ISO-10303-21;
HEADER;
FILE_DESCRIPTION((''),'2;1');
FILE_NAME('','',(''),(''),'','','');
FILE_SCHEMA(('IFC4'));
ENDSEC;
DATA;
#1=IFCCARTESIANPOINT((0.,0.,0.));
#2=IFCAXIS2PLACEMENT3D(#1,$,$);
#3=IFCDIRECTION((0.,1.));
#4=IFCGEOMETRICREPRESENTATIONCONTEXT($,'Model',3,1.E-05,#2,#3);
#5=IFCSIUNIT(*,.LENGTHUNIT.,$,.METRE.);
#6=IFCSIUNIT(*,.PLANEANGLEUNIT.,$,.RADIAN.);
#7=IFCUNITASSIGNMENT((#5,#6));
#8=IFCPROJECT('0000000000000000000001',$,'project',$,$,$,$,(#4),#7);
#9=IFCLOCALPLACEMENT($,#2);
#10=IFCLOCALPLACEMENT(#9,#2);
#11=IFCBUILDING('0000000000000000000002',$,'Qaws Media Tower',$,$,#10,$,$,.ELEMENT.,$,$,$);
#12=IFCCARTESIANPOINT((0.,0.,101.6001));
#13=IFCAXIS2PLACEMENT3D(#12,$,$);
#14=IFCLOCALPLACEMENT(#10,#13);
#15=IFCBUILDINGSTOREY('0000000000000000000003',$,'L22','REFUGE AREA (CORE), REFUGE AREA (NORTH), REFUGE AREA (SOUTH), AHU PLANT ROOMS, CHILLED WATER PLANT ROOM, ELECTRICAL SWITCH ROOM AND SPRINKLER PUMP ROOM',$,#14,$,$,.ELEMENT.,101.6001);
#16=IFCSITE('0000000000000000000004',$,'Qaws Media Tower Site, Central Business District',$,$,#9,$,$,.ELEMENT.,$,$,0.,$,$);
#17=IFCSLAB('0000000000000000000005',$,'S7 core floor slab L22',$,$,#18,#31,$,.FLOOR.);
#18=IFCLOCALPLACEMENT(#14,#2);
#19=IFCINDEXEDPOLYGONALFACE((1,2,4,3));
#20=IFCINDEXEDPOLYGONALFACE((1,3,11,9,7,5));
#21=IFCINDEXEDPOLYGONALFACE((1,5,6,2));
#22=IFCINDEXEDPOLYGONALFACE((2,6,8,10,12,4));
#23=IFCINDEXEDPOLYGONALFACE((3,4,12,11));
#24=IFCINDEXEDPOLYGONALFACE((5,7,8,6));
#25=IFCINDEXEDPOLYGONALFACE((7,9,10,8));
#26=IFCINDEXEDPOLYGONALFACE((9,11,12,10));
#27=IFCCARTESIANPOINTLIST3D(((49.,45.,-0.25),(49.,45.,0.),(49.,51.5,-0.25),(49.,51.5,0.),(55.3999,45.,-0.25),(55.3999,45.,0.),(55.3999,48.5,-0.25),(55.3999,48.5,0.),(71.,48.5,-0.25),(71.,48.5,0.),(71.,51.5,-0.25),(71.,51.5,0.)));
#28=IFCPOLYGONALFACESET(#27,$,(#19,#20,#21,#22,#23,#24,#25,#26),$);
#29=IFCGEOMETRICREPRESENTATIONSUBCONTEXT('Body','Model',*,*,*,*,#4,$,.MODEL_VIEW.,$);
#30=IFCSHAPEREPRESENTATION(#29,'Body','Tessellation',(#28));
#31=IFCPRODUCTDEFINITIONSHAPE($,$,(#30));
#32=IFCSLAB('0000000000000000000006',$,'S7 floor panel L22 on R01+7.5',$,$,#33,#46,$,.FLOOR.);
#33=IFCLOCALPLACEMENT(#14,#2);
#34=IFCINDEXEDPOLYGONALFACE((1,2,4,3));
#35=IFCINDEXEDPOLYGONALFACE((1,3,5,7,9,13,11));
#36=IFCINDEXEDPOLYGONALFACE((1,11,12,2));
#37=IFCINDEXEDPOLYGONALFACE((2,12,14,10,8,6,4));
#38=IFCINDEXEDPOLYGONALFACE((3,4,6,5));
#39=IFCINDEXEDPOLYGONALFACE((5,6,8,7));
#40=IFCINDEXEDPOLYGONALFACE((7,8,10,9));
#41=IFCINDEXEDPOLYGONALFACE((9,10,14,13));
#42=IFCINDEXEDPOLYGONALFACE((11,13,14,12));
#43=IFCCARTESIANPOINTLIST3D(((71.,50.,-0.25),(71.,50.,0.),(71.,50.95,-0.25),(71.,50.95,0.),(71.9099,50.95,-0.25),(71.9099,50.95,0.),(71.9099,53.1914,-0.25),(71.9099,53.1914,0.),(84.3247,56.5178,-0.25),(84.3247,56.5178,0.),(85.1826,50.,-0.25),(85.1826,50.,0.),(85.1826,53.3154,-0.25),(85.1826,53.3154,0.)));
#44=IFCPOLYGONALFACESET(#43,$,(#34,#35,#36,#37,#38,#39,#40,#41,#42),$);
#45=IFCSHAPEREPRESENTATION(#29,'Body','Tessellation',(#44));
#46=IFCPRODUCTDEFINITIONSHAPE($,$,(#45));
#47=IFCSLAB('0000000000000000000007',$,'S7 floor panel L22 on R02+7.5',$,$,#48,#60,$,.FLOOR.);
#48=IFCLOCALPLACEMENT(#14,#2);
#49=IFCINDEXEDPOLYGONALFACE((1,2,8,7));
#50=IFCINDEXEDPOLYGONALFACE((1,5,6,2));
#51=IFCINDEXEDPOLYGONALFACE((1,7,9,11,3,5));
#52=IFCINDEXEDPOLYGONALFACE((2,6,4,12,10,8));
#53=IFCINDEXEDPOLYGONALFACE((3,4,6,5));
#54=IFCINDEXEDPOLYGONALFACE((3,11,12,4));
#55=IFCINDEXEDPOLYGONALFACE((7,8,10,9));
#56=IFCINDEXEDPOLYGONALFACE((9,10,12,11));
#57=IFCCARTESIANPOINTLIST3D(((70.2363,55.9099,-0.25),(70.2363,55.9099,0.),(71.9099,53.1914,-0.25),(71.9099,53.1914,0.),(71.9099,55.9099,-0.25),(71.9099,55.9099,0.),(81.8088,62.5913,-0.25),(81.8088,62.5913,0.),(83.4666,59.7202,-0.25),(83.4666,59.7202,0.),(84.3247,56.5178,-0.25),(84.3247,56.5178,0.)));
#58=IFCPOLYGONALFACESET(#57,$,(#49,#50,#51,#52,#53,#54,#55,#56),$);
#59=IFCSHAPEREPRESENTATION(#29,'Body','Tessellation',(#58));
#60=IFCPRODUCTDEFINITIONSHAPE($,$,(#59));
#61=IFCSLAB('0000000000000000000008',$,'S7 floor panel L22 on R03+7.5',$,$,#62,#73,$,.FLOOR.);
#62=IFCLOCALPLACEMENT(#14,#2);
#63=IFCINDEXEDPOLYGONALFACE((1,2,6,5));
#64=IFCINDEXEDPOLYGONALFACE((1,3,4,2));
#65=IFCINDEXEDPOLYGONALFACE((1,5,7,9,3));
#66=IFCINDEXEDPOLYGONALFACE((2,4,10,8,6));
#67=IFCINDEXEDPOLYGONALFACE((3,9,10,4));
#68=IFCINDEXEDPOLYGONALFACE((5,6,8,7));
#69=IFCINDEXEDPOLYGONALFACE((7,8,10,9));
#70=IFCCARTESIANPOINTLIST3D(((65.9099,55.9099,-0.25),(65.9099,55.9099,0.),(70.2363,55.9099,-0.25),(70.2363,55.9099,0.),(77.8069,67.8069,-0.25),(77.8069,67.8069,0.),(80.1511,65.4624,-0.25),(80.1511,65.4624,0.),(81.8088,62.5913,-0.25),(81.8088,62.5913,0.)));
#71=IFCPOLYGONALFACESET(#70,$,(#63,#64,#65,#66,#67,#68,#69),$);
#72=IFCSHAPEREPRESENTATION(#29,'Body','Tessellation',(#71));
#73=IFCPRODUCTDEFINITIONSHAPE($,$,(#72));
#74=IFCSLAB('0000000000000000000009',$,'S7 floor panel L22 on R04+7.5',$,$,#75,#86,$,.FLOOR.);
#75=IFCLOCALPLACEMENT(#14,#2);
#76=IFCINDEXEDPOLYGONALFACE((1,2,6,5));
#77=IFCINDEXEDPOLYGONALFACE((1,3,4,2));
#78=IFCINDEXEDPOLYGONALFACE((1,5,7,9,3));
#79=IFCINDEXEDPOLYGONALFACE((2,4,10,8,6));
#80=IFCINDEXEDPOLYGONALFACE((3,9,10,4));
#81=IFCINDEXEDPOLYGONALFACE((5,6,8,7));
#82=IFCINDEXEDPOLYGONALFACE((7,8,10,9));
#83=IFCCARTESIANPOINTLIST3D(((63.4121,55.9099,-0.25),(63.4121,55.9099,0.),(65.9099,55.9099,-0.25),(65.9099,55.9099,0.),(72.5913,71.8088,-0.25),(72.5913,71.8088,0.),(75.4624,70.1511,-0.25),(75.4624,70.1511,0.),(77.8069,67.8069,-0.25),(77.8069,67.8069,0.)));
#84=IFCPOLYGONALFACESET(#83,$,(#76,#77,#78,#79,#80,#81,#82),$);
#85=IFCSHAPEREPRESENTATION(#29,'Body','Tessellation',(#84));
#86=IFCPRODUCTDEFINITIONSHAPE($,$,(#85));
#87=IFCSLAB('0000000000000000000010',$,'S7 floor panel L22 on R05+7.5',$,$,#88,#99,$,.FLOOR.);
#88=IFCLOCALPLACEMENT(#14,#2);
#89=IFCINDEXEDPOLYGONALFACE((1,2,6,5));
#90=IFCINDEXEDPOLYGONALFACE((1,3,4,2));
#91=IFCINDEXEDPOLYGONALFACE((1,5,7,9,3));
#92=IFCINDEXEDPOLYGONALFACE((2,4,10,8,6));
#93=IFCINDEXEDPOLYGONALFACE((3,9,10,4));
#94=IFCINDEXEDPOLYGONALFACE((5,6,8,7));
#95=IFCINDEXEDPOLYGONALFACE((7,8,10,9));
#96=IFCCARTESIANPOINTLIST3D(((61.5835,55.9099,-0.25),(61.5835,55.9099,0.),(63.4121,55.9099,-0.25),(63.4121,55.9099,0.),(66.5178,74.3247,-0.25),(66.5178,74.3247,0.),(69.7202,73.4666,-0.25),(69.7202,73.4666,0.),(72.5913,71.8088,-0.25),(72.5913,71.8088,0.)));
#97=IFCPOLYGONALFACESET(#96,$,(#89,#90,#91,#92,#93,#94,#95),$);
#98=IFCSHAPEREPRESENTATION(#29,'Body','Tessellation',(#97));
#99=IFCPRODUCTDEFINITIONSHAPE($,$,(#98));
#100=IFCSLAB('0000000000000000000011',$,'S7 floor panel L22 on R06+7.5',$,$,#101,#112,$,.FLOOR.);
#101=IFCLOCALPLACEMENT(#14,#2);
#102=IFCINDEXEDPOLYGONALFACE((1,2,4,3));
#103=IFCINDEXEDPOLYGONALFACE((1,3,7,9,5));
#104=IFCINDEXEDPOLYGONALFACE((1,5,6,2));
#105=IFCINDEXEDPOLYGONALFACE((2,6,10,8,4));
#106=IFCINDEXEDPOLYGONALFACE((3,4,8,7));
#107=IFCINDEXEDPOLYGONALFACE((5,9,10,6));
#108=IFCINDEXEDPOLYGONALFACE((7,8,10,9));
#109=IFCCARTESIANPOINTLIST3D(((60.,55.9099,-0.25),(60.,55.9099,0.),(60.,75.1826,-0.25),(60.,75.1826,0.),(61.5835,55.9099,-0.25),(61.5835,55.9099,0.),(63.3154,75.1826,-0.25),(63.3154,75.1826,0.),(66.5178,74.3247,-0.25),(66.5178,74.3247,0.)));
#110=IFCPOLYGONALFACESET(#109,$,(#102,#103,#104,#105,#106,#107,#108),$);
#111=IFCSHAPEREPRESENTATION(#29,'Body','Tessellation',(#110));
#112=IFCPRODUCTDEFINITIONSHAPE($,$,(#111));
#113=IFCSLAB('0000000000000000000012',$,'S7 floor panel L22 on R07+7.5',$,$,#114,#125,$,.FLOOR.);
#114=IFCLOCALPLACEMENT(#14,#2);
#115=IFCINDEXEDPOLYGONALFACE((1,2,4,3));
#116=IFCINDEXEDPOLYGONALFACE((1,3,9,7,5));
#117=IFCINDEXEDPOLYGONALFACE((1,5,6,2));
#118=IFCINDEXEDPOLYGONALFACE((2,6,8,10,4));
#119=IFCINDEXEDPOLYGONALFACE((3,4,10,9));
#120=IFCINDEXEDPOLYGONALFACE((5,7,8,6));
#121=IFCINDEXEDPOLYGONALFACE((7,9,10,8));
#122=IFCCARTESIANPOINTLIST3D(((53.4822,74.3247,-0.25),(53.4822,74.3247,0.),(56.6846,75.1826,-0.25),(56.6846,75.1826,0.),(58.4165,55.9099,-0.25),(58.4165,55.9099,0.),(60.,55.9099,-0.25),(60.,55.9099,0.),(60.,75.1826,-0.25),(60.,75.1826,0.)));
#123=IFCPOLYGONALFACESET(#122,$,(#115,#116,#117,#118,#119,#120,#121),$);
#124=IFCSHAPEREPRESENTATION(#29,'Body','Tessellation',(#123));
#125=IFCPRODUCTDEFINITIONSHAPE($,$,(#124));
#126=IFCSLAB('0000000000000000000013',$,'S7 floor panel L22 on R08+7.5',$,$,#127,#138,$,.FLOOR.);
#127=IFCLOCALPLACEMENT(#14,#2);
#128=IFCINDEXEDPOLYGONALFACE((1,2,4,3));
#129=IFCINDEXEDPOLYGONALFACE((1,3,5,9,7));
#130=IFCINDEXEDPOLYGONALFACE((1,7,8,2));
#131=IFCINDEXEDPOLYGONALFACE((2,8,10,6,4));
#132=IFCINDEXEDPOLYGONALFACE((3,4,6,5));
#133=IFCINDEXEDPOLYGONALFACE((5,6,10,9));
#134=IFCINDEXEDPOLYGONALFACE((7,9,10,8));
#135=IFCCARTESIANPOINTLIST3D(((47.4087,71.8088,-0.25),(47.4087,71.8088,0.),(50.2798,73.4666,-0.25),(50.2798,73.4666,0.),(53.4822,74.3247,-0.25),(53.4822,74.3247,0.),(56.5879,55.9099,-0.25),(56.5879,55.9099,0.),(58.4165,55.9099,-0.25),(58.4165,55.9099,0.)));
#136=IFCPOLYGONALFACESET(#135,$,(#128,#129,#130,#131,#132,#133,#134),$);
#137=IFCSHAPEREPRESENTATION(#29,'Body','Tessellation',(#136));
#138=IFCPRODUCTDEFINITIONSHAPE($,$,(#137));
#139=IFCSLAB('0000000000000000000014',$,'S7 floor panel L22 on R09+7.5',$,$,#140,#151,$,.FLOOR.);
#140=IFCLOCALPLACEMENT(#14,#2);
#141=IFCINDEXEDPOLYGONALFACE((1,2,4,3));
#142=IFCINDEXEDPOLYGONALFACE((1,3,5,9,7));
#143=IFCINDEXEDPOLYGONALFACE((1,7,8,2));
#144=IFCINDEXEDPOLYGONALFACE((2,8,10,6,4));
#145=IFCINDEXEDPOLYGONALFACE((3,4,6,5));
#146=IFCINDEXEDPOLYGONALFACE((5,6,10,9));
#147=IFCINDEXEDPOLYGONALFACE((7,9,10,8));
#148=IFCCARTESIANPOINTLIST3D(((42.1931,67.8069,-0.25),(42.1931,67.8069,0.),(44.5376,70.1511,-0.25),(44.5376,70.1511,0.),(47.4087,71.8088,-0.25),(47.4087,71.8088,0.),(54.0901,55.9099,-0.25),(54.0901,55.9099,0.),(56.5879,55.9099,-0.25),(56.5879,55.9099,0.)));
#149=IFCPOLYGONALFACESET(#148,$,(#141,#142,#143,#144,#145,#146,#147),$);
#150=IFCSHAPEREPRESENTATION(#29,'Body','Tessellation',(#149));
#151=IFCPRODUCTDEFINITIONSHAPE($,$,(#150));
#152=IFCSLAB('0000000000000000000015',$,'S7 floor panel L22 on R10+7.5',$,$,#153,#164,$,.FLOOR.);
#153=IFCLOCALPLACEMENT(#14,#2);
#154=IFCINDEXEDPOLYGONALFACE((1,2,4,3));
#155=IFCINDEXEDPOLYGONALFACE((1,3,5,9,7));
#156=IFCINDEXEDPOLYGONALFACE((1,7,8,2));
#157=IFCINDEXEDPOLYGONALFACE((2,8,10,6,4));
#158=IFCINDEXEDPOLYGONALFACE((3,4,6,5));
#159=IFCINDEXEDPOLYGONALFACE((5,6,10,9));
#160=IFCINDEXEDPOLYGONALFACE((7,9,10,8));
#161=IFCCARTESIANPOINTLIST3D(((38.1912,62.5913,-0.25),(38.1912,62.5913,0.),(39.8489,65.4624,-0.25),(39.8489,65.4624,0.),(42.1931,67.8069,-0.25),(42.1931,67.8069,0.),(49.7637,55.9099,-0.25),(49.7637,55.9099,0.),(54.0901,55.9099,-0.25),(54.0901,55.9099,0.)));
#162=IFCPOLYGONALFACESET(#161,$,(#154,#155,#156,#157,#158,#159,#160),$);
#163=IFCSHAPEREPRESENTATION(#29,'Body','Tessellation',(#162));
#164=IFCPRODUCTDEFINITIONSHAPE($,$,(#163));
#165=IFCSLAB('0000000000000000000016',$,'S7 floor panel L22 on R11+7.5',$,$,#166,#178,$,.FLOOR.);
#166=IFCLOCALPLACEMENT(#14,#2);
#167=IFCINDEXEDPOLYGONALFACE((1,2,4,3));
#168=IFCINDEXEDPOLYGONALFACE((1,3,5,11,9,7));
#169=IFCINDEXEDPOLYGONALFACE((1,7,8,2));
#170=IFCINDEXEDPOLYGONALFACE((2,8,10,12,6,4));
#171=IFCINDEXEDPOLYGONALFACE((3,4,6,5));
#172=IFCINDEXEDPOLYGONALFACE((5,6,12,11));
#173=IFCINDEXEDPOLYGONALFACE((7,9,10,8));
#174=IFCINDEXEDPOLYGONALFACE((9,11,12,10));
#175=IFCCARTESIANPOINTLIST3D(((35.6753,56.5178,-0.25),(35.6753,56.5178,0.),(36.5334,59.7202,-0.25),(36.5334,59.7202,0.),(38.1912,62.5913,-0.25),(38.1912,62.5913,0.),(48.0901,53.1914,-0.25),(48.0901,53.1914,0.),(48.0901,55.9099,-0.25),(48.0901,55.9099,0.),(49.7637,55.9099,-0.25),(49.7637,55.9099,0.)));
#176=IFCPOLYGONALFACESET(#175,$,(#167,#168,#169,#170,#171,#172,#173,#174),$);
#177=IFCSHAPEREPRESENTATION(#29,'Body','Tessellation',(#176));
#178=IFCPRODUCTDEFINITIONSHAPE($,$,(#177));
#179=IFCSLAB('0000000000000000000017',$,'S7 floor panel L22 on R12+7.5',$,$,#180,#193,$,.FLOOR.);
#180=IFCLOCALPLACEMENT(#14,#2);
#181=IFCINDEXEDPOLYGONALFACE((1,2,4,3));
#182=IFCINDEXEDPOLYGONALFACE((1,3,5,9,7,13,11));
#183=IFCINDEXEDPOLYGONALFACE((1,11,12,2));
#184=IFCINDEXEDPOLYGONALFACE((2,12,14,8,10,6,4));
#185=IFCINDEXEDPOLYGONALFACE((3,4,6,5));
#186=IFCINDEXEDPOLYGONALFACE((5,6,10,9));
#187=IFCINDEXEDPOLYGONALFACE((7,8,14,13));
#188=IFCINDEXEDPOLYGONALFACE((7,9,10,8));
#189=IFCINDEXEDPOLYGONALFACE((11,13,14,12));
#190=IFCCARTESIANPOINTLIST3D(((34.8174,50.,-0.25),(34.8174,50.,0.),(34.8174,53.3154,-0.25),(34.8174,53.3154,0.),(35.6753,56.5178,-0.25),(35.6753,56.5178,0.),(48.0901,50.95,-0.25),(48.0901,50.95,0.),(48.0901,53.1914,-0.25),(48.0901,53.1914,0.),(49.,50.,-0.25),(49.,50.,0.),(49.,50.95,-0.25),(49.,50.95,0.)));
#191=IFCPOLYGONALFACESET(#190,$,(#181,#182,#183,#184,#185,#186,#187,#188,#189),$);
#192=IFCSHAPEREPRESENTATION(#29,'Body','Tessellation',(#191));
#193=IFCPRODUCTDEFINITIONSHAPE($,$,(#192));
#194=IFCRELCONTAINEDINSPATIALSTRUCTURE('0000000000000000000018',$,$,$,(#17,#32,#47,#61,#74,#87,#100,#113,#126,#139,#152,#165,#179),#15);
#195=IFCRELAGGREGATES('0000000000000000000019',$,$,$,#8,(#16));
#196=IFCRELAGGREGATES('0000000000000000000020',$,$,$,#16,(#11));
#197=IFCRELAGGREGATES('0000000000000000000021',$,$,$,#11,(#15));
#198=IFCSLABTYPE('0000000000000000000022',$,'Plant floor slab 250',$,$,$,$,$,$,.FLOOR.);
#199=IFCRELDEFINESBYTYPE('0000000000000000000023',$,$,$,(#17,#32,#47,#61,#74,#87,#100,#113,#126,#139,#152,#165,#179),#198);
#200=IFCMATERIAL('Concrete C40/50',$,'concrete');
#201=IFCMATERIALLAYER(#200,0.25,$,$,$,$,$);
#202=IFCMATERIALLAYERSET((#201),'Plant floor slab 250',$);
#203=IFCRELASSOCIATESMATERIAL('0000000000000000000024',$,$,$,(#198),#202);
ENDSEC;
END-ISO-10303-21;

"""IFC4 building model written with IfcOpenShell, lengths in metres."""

from ifc_helpers import new_model, si_unit, direction, frame, origin, place, context, subcontext, project, spatial, polyline, outline, extrude, material, layer, layer_set, type_object, element, save


model = new_model("IFC4")

# Units and contexts
model_context = context("Model", 3, precision=1e-05, world=origin(), true_north=direction((0.0, 1.0)))
body_context = subcontext(model_context, "Body", "Model", "MODEL_VIEW")
ifc_project = project(units=[si_unit("LENGTHUNIT", "METRE"), si_unit("PLANEANGLEUNIT", "RADIAN")], contexts=[model_context])

# Site, building, storey
site_placement = place(None, origin())
site = spatial("IfcSite", under=ifc_project, at=site_placement, Name="Qaws Media Tower Site, Central Business District", CompositionType="ELEMENT", RefElevation=0.0)
building_placement = place(site_placement, origin())
building = spatial("IfcBuilding", under=site, at=building_placement, Name="Qaws Media Tower", CompositionType="ELEMENT")
storey_placement = place(building_placement, frame((0.0, 0.0, 101.6001)))
storey = spatial("IfcBuildingStorey", under=building, at=storey_placement, Name="L22", Description="REFUGE AREA (CORE), REFUGE AREA (NORTH), REFUGE AREA (SOUTH), AHU PLANT ROOMS, CHILLED WATER PLANT ROOM, ELECTRICAL SWITCH ROOM AND SPRINKLER PUMP ROOM", CompositionType="ELEMENT", Elevation=101.6001)

# Slabs
ifc_material = material(Name="Concrete C40/50", Category="concrete")
ifc_layer = layer(ifc_material, 0.25)
ifc_layer_set = layer_set([ifc_layer], Name="Plant floor slab 250")
slab_type = type_object("IfcSlabType", Name="Plant floor slab 250", PredefinedType="FLOOR", material=ifc_layer_set)
slab_1_placement = place(storey_placement, frame((0.0, 0.0, -0.25)))
element("IfcSlab", 1, at=slab_1_placement, inside=storey, type_object=slab_type, Name="S7 core floor slab L22", PredefinedType="FLOOR", context=body_context, shape_type="SweptSolid", body=[
    extrude(outline(polyline([(71.0, 51.5), (71.0, 48.5), (55.3999, 48.5), (55.3999, 45.0), (49.0, 45.0), (49.0, 51.5), (71.0, 51.5)])), origin(), (0.0, 0.0, 1.0), 0.25),
])
slab_2_placement = place(storey_placement, frame((0.0, 0.0, -0.25)))
element("IfcSlab", 2, at=slab_2_placement, inside=storey, type_object=slab_type, Name="S7 floor panel L22 on R01+7.5", PredefinedType="FLOOR", context=body_context, shape_type="SweptSolid", body=[
    extrude(outline(polyline([(85.1826, 53.3154), (85.1826, 50.0), (71.0, 50.0), (71.0, 50.95), (71.9099, 50.95), (71.9099, 53.1914), (84.3247, 56.5178), (85.1826, 53.3154)])), origin(), (0.0, 0.0, 1.0), 0.25),
])
slab_3_placement = place(storey_placement, frame((0.0, 0.0, -0.25)))
element("IfcSlab", 3, at=slab_3_placement, inside=storey, type_object=slab_type, Name="S7 floor panel L22 on R02+7.5", PredefinedType="FLOOR", context=body_context, shape_type="SweptSolid", body=[
    extrude(outline(polyline([(83.4666, 59.7202), (84.3247, 56.5178), (71.9099, 53.1914), (71.9099, 55.9099), (70.2363, 55.9099), (81.8088, 62.5913), (83.4666, 59.7202)])), origin(), (0.0, 0.0, 1.0), 0.25),
])
slab_4_placement = place(storey_placement, frame((0.0, 0.0, -0.25)))
element("IfcSlab", 4, at=slab_4_placement, inside=storey, type_object=slab_type, Name="S7 floor panel L22 on R03+7.5", PredefinedType="FLOOR", context=body_context, shape_type="SweptSolid", body=[
    extrude(outline(polyline([(80.1511, 65.4624), (81.8088, 62.5913), (70.2363, 55.9099), (65.9099, 55.9099), (77.8069, 67.8069), (80.1511, 65.4624)])), origin(), (0.0, 0.0, 1.0), 0.25),
])
slab_5_placement = place(storey_placement, frame((0.0, 0.0, -0.25)))
element("IfcSlab", 5, at=slab_5_placement, inside=storey, type_object=slab_type, Name="S7 floor panel L22 on R04+7.5", PredefinedType="FLOOR", context=body_context, shape_type="SweptSolid", body=[
    extrude(outline(polyline([(75.4624, 70.1511), (77.8069, 67.8069), (65.9099, 55.9099), (63.4121, 55.9099), (72.5913, 71.8088), (75.4624, 70.1511)])), origin(), (0.0, 0.0, 1.0), 0.25),
])
slab_6_placement = place(storey_placement, frame((0.0, 0.0, -0.25)))
element("IfcSlab", 6, at=slab_6_placement, inside=storey, type_object=slab_type, Name="S7 floor panel L22 on R05+7.5", PredefinedType="FLOOR", context=body_context, shape_type="SweptSolid", body=[
    extrude(outline(polyline([(69.7202, 73.4666), (72.5913, 71.8088), (63.4121, 55.9099), (61.5835, 55.9099), (66.5178, 74.3247), (69.7202, 73.4666)])), origin(), (0.0, 0.0, 1.0), 0.25),
])
slab_7_placement = place(storey_placement, frame((0.0, 0.0, -0.25)))
element("IfcSlab", 7, at=slab_7_placement, inside=storey, type_object=slab_type, Name="S7 floor panel L22 on R06+7.5", PredefinedType="FLOOR", context=body_context, shape_type="SweptSolid", body=[
    extrude(outline(polyline([(63.3154, 75.1826), (66.5178, 74.3247), (61.5835, 55.9099), (60.0, 55.9099), (60.0, 75.1826), (63.3154, 75.1826)])), origin(), (0.0, 0.0, 1.0), 0.25),
])
slab_8_placement = place(storey_placement, frame((0.0, 0.0, -0.25)))
element("IfcSlab", 8, at=slab_8_placement, inside=storey, type_object=slab_type, Name="S7 floor panel L22 on R07+7.5", PredefinedType="FLOOR", context=body_context, shape_type="SweptSolid", body=[
    extrude(outline(polyline([(56.6846, 75.1826), (60.0, 75.1826), (60.0, 55.9099), (58.4165, 55.9099), (53.4822, 74.3247), (56.6846, 75.1826)])), origin(), (0.0, 0.0, 1.0), 0.25),
])
slab_9_placement = place(storey_placement, frame((0.0, 0.0, -0.25)))
element("IfcSlab", 9, at=slab_9_placement, inside=storey, type_object=slab_type, Name="S7 floor panel L22 on R08+7.5", PredefinedType="FLOOR", context=body_context, shape_type="SweptSolid", body=[
    extrude(outline(polyline([(50.2798, 73.4666), (53.4822, 74.3247), (58.4165, 55.9099), (56.5879, 55.9099), (47.4087, 71.8088), (50.2798, 73.4666)])), origin(), (0.0, 0.0, 1.0), 0.25),
])
slab_10_placement = place(storey_placement, frame((0.0, 0.0, -0.25)))
element("IfcSlab", 10, at=slab_10_placement, inside=storey, type_object=slab_type, Name="S7 floor panel L22 on R09+7.5", PredefinedType="FLOOR", context=body_context, shape_type="SweptSolid", body=[
    extrude(outline(polyline([(44.5376, 70.1511), (47.4087, 71.8088), (56.5879, 55.9099), (54.0901, 55.9099), (42.1931, 67.8069), (44.5376, 70.1511)])), origin(), (0.0, 0.0, 1.0), 0.25),
])
slab_11_placement = place(storey_placement, frame((0.0, 0.0, -0.25)))
element("IfcSlab", 11, at=slab_11_placement, inside=storey, type_object=slab_type, Name="S7 floor panel L22 on R10+7.5", PredefinedType="FLOOR", context=body_context, shape_type="SweptSolid", body=[
    extrude(outline(polyline([(39.8489, 65.4624), (42.1931, 67.8069), (54.0901, 55.9099), (49.7637, 55.9099), (38.1912, 62.5913), (39.8489, 65.4624)])), origin(), (0.0, 0.0, 1.0), 0.25),
])
slab_12_placement = place(storey_placement, frame((0.0, 0.0, -0.25)))
element("IfcSlab", 12, at=slab_12_placement, inside=storey, type_object=slab_type, Name="S7 floor panel L22 on R11+7.5", PredefinedType="FLOOR", context=body_context, shape_type="SweptSolid", body=[
    extrude(outline(polyline([(36.5334, 59.7202), (38.1912, 62.5913), (49.7637, 55.9099), (48.0901, 55.9099), (48.0901, 53.1914), (35.6753, 56.5178), (36.5334, 59.7202)])), origin(), (0.0, 0.0, 1.0), 0.25),
])
slab_13_placement = place(storey_placement, frame((0.0, 0.0, -0.25)))
element("IfcSlab", 13, at=slab_13_placement, inside=storey, type_object=slab_type, Name="S7 floor panel L22 on R12+7.5", PredefinedType="FLOOR", context=body_context, shape_type="SweptSolid", body=[
    extrude(outline(polyline([(34.8174, 53.3154), (35.6753, 56.5178), (48.0901, 53.1914), (48.0901, 50.95), (49.0, 50.95), (49.0, 50.0), (34.8174, 50.0), (34.8174, 53.3154)])), origin(), (0.0, 0.0, 1.0), 0.25),
])

save(model, "model.ifc")
